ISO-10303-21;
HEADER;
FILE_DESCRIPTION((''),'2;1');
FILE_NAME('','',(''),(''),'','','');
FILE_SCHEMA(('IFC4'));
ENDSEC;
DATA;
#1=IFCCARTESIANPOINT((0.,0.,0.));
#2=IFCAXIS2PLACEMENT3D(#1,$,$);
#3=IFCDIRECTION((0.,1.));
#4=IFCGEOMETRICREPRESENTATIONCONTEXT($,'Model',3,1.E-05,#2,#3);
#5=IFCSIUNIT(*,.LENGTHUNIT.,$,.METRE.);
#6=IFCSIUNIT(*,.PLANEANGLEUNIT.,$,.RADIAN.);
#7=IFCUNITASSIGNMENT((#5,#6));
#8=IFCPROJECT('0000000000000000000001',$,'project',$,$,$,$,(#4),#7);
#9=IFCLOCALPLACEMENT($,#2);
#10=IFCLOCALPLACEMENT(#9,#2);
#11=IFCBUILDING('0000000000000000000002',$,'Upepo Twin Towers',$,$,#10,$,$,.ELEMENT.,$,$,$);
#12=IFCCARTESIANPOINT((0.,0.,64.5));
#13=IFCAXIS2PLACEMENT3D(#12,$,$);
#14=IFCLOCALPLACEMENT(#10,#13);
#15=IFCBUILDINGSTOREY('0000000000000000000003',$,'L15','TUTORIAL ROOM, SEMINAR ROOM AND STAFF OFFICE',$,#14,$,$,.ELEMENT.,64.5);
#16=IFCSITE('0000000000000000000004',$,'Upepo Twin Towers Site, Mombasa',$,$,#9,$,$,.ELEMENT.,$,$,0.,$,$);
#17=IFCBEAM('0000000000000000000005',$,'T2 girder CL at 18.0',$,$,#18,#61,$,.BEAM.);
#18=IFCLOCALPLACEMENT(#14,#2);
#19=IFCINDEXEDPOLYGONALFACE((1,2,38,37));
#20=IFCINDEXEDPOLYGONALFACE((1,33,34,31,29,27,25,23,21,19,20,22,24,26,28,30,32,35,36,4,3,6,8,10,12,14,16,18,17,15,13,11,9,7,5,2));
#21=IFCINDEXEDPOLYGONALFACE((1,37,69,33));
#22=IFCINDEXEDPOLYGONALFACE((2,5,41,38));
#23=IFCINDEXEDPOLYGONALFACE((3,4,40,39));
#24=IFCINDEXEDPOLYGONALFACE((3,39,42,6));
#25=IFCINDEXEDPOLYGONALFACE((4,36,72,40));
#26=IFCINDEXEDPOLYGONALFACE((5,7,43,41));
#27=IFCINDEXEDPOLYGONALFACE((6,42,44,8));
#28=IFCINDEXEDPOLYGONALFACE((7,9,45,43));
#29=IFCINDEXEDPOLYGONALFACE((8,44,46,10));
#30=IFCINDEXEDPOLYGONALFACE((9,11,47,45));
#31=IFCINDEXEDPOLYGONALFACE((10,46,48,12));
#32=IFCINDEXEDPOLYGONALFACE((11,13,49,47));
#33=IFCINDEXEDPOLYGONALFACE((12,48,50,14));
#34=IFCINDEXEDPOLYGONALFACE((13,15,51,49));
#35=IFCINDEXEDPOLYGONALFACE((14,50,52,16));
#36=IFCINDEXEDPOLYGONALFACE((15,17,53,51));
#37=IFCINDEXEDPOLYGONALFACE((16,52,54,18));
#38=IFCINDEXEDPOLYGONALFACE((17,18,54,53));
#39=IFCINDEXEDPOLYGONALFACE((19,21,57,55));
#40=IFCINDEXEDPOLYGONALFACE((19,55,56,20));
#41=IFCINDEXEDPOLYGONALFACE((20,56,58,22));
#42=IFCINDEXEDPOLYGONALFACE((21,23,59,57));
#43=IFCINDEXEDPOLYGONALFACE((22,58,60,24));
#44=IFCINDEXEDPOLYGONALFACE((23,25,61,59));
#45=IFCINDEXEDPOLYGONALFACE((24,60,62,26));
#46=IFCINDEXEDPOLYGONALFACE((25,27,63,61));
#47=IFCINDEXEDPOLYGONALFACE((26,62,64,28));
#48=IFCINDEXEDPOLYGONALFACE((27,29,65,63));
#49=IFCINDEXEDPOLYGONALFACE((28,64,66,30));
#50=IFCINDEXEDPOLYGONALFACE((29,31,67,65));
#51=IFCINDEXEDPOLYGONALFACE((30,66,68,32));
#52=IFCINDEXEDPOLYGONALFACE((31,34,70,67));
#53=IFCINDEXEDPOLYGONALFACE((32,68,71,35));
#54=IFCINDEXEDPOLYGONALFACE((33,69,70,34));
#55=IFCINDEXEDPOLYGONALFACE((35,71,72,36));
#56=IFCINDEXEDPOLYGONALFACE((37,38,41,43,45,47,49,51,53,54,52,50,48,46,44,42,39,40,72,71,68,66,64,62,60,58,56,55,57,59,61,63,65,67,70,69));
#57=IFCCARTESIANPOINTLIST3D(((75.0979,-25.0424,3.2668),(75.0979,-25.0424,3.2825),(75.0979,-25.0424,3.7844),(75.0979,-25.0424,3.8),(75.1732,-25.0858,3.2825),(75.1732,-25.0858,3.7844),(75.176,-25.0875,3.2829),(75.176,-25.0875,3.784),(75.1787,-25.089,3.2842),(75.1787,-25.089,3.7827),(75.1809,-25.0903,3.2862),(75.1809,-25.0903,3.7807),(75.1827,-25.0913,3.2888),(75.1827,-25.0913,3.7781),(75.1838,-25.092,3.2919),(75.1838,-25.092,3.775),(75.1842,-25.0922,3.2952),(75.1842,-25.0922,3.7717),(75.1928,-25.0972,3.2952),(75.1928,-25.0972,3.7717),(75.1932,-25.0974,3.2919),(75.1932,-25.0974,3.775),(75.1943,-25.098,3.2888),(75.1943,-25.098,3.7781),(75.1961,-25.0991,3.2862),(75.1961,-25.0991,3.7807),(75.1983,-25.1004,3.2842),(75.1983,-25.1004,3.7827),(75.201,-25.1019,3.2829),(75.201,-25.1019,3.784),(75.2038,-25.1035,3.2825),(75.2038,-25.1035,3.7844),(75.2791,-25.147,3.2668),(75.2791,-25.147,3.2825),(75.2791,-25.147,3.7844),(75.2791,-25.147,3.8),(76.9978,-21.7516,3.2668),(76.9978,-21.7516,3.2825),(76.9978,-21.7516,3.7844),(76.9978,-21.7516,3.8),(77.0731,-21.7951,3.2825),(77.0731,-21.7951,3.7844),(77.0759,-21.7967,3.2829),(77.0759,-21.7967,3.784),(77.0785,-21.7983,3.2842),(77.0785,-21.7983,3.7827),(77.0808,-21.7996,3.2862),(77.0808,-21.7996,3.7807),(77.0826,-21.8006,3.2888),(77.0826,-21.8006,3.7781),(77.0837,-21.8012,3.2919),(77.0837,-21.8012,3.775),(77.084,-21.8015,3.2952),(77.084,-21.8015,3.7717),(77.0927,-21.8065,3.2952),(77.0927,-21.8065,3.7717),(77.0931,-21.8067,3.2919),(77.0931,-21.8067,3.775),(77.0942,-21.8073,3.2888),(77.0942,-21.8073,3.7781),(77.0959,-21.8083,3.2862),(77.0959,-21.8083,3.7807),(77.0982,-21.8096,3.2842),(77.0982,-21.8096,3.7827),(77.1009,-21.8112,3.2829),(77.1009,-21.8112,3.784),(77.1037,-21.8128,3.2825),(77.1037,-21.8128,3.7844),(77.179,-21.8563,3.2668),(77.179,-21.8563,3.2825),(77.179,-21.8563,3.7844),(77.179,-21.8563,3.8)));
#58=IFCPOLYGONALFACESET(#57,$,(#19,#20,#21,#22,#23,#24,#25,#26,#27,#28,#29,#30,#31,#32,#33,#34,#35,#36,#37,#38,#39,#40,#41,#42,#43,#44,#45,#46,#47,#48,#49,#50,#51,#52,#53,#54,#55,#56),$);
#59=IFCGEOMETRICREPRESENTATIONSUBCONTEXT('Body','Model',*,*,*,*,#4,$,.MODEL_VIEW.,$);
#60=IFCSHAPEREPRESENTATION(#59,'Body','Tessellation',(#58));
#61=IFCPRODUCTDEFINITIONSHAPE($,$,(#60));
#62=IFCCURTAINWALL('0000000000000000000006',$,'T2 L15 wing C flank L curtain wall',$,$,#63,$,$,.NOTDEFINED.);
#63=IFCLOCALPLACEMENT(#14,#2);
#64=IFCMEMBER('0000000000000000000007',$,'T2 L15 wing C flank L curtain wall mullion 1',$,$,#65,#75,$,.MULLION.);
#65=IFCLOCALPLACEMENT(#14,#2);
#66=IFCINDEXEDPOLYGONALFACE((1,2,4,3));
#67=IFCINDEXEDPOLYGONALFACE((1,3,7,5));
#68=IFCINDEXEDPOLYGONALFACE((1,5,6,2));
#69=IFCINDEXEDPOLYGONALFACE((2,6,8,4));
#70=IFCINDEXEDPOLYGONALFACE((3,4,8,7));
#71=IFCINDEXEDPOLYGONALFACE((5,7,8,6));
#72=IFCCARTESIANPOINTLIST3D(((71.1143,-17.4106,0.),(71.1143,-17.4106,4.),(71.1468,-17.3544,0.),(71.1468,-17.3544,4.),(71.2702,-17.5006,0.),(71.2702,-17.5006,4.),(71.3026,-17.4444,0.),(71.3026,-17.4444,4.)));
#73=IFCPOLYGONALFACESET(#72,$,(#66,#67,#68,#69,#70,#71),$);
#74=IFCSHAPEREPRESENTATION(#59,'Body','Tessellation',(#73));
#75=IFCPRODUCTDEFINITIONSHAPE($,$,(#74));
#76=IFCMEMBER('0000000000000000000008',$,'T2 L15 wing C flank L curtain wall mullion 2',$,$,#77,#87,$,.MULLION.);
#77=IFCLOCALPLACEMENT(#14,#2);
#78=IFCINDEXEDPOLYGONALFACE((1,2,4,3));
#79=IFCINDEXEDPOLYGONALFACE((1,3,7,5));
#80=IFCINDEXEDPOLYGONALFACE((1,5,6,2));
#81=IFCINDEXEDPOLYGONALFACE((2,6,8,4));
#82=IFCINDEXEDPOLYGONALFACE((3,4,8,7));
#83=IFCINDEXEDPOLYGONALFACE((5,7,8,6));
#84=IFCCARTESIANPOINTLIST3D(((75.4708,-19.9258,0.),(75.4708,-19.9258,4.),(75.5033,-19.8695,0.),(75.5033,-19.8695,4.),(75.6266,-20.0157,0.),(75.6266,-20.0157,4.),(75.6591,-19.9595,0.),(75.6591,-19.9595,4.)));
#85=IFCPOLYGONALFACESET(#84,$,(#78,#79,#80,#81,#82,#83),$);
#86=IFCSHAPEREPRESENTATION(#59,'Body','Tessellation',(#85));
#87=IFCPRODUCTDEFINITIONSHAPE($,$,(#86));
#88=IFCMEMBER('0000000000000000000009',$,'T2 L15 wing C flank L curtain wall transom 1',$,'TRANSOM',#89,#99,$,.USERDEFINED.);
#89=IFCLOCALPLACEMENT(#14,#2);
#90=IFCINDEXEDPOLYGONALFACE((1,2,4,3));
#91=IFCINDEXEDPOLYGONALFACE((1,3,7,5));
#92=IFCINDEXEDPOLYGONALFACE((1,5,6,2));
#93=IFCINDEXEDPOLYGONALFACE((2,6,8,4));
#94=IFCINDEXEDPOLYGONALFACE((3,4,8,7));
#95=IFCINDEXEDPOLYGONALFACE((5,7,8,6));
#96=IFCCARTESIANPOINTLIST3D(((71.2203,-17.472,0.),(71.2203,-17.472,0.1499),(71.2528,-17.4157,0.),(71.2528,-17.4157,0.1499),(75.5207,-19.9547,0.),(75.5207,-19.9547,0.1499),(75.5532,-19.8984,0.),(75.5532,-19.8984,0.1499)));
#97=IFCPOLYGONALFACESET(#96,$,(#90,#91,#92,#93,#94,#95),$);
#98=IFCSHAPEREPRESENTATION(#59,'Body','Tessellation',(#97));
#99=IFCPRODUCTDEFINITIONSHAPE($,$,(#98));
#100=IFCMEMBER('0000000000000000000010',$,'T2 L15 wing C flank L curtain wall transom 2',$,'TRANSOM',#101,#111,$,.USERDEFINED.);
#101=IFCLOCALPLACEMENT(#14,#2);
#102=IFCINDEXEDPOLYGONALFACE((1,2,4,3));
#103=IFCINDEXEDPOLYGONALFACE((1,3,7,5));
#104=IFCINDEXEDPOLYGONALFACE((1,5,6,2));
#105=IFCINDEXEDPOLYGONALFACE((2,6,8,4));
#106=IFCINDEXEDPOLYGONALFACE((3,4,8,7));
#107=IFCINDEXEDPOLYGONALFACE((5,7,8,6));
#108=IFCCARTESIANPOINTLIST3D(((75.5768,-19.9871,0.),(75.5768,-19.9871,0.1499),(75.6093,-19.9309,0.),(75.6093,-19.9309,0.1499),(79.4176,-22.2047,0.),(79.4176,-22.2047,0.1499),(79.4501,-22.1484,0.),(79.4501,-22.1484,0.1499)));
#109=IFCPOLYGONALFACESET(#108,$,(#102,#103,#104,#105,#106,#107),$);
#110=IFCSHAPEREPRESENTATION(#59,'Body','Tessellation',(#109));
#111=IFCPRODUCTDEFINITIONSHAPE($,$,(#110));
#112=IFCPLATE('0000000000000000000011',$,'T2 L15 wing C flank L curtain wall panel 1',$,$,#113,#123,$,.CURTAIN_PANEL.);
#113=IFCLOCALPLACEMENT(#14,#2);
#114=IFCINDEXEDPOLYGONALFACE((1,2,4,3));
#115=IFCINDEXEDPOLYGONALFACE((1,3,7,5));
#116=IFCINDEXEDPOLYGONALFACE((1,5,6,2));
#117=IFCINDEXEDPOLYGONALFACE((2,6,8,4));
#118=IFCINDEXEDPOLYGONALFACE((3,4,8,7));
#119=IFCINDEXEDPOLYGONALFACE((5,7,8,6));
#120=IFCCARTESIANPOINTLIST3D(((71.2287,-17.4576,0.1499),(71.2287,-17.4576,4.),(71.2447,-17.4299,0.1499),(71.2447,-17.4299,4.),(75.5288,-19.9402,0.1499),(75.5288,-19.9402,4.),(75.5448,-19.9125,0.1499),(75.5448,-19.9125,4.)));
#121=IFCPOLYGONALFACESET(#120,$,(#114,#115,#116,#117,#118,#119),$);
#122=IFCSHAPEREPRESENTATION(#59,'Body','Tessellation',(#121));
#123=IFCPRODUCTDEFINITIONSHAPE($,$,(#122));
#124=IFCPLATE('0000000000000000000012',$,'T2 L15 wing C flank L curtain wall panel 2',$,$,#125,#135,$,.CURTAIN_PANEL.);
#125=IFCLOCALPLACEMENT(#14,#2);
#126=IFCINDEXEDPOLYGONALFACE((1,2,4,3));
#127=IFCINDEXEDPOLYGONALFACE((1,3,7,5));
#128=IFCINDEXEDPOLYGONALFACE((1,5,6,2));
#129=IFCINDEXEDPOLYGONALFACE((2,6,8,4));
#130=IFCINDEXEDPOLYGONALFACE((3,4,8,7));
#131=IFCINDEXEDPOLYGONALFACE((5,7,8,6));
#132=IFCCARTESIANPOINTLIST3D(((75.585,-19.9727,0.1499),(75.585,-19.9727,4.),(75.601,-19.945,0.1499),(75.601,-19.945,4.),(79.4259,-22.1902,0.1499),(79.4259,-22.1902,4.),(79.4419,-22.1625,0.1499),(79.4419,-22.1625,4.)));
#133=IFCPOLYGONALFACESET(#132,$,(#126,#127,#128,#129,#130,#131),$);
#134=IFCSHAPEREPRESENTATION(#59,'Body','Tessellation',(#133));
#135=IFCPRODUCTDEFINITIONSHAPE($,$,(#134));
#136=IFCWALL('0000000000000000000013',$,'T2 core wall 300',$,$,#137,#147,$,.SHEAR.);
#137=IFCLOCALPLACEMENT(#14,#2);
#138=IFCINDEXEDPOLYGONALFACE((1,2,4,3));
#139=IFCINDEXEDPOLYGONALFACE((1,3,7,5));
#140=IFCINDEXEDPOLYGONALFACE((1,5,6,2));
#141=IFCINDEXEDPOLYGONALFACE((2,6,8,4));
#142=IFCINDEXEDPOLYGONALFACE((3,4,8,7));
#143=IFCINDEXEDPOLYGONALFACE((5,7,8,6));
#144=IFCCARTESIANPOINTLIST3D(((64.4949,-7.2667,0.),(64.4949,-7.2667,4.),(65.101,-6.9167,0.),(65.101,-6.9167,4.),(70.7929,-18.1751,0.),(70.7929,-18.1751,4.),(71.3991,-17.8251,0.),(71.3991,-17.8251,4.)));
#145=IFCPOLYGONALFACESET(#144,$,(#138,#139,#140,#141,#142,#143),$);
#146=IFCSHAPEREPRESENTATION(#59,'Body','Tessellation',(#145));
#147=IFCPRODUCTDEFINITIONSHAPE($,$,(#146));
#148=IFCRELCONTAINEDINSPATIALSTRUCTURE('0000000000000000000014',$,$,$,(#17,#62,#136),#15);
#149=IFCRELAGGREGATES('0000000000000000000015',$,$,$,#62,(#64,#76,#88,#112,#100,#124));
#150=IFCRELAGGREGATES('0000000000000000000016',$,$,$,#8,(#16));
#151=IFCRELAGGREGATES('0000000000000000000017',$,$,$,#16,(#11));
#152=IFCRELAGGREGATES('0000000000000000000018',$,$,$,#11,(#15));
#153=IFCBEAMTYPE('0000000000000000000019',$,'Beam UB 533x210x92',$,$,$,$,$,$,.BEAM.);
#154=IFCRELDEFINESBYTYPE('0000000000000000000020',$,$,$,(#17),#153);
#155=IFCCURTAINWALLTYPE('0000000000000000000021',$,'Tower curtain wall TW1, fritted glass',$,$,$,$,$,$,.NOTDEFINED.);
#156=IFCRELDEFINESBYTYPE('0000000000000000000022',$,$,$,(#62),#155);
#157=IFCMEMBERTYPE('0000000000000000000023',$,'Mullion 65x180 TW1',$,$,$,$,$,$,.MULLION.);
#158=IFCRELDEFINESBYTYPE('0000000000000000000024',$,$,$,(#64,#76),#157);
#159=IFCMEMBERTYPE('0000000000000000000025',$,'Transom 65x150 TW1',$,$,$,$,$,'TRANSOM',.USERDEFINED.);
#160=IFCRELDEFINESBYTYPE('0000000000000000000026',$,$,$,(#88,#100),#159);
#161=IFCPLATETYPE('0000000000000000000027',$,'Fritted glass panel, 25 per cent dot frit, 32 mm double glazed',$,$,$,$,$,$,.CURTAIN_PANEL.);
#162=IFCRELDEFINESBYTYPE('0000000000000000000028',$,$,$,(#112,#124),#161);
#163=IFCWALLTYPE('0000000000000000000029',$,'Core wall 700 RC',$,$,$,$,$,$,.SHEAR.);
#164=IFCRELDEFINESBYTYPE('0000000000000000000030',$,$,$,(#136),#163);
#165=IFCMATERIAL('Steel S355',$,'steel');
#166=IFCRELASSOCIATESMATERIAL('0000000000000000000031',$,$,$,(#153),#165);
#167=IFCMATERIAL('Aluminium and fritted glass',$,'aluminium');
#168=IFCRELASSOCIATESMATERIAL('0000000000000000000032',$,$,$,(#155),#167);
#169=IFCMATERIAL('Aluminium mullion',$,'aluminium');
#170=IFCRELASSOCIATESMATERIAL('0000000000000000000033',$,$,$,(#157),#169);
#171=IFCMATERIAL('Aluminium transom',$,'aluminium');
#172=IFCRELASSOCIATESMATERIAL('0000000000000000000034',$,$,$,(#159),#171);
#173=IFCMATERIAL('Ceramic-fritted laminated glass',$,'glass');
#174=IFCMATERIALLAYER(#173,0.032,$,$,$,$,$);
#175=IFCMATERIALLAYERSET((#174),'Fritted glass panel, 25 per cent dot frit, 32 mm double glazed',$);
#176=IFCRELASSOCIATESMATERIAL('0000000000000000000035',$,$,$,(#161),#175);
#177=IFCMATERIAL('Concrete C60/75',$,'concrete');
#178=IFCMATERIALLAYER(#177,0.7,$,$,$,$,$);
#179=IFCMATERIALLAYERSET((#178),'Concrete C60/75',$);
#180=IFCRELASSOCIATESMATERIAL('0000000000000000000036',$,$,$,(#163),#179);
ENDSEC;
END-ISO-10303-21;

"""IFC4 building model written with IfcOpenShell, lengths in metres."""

from ifc_helpers import new_model, si_unit, direction, frame, frame_2d, origin, origin_2d, place, context, subcontext, project, spatial, rectangle, i_section, extrude, material, layer, layer_set, material_profile, profile_set, type_object, element, aggregate, save


model = new_model("IFC4")

# Units and contexts
model_context = context("Model", 3, precision=1e-05, world=origin(), true_north=direction((0.0, 1.0)))
body_context = subcontext(model_context, "Body", "Model", "MODEL_VIEW")
ifc_project = project(units=[si_unit("LENGTHUNIT", "METRE"), si_unit("PLANEANGLEUNIT", "RADIAN")], contexts=[model_context])

# Site, building, storey
site_placement = place(None, origin())
site = spatial("IfcSite", under=ifc_project, at=site_placement, Name="Upepo Twin Towers Site, Mombasa", CompositionType="ELEMENT", RefElevation=0.0)
building_placement = place(site_placement, origin())
building = spatial("IfcBuilding", under=site, at=building_placement, Name="Upepo Twin Towers", CompositionType="ELEMENT")
storey_placement = place(building_placement, frame((0.0, 0.0, 64.5)))
storey = spatial("IfcBuildingStorey", under=building, at=storey_placement, Name="L15", Description="TUTORIAL ROOM, SEMINAR ROOM AND STAFF OFFICE", CompositionType="ELEMENT", Elevation=64.5)

# Beam
ifc_material_1 = material(Name="Steel S355", Category="steel")
ifc_material_profile_1 = material_profile(ifc_material_1, i_section(OverallWidth=0.2092, OverallDepth=0.5332, WebThickness=0.01, FlangeThickness=0.0156, FilletRadius=0.0127, at=origin_2d()), Name="UB 533x210x92")
ifc_profile_set_1 = profile_set([ifc_material_profile_1], Name="Steel S355")
beam_type_1 = type_object("IfcBeamType", Name="Beam UB 533x210x92", PredefinedType="BEAM", material=ifc_profile_set_1)
beam_1_placement = place(storey_placement, frame((77.0884, -21.804, 3.5334), z_axis=(-0.499995, -0.866028, 0.0), x_axis=(0.866028, -0.499995, 0.0)))
element("IfcBeam", 1, at=beam_1_placement, inside=storey, type_object=beam_type_1, Name="T2 girder CL at 18.0", PredefinedType="BEAM", context=body_context, shape_type="SweptSolid", body=[
    extrude(i_section(OverallWidth=0.2092, OverallDepth=0.5332, WebThickness=0.01, FlangeThickness=0.0156, FilletRadius=0.0127, at=origin_2d()), origin(), (0.0, 0.0, 1.0), 3.7998),
])

# Curtain wall, members, plates
ifc_material_2 = material(Name="Aluminium and fritted glass", Category="aluminium")
curtain_wall_type = type_object("IfcCurtainWallType", Name="Tower curtain wall TW1, fritted glass", PredefinedType="NOTDEFINED", material=ifc_material_2)
curtain_wall_placement = place(storey_placement, origin())
curtain_wall = element("IfcCurtainWall", 2, at=curtain_wall_placement, inside=storey, type_object=curtain_wall_type, Name="T2 L15 wing C flank L curtain wall", PredefinedType="NOTDEFINED")
ifc_material_3 = material(Name="Aluminium mullion", Category="aluminium")
ifc_material_profile_2 = material_profile(ifc_material_3, rectangle(XDim=0.0649, YDim=0.1799, at=origin_2d()), Name="MULLION 65x180")
ifc_profile_set_2 = profile_set([ifc_material_profile_2], Name="Aluminium mullion")
member_type_1 = type_object("IfcMemberType", Name="Mullion 65x180 TW1", PredefinedType="MULLION", material=ifc_profile_set_2)
member_1_placement = place(storey_placement, frame((71.2085, -17.4275, 0.0), z_axis=(0.0, 0.0, 1.0), x_axis=(0.5, 0.866025, 0.0)))
member_1 = element("IfcMember", 3, at=member_1_placement, type_object=member_type_1, Name="T2 L15 wing C flank L curtain wall mullion 1", PredefinedType="MULLION", context=body_context, shape_type="SweptSolid", body=[
    extrude(rectangle(XDim=0.0649, YDim=0.1799, at=origin_2d()), origin(), (0.0, 0.0, 1.0), 4.0),
])
member_2_placement = place(storey_placement, frame((75.5649, -19.9426, 0.0), z_axis=(0.0, 0.0, 1.0), x_axis=(0.5, 0.866025, 0.0)))
member_2 = element("IfcMember", 4, at=member_2_placement, type_object=member_type_1, Name="T2 L15 wing C flank L curtain wall mullion 2", PredefinedType="MULLION", context=body_context, shape_type="SweptSolid", body=[
    extrude(rectangle(XDim=0.0649, YDim=0.1799, at=origin_2d()), origin(), (0.0, 0.0, 1.0), 4.0),
])
ifc_material_4 = material(Name="Aluminium transom", Category="aluminium")
ifc_material_profile_3 = material_profile(ifc_material_4, rectangle(XDim=0.0649, YDim=0.1499, at=origin_2d()), Name="TRANSOM 65x150")
ifc_profile_set_3 = profile_set([ifc_material_profile_3], Name="Aluminium transom")
member_type_2 = type_object("IfcMemberType", Name="Transom 65x150 TW1", ElementType="TRANSOM", PredefinedType="USERDEFINED", material=ifc_profile_set_3)
member_3_placement = place(storey_placement, frame((71.2366, -17.4438, 0.075), z_axis=(0.866035, -0.499983, 0.0), x_axis=(0.499983, 0.866035, 0.0)))
member_3 = element("IfcMember", 5, at=member_3_placement, type_object=member_type_2, Name="T2 L15 wing C flank L curtain wall transom 1", ObjectType="TRANSOM", PredefinedType="USERDEFINED", context=body_context, shape_type="SweptSolid", body=[
    extrude(rectangle(XDim=0.0649, YDim=0.1499, at=origin_2d()), origin(), (0.0, 0.0, 1.0), 4.9656),
])
member_4_placement = place(storey_placement, frame((75.593, -19.959, 0.075), z_axis=(0.866022, -0.500005, 0.0), x_axis=(0.500005, 0.866022, 0.0)))
member_4 = element("IfcMember", 6, at=member_4_placement, type_object=member_type_2, Name="T2 L15 wing C flank L curtain wall transom 2", ObjectType="TRANSOM", PredefinedType="USERDEFINED", context=body_context, shape_type="SweptSolid", body=[
    extrude(rectangle(XDim=0.0649, YDim=0.1499, at=origin_2d()), origin(), (0.0, 0.0, 1.0), 4.4351),
])
ifc_material_5 = material(Name="Ceramic-fritted laminated glass", Category="glass")
ifc_layer_1 = layer(ifc_material_5, 0.032)
ifc_layer_set_1 = layer_set([ifc_layer_1], Name="Fritted glass panel, 25 per cent dot frit, 32 mm double glazed")
plate_type = type_object("IfcPlateType", Name="Fritted glass panel, 25 per cent dot frit, 32 mm double glazed", PredefinedType="CURTAIN_PANEL", material=ifc_layer_set_1)
plate_1_placement = place(storey_placement, frame((73.3867, -18.6851, 0.1499), z_axis=(0.0, 0.0, 1.0), x_axis=(0.866025, -0.5, 0.0)))
plate_1 = element("IfcPlate", 7, at=plate_1_placement, type_object=plate_type, Name="T2 L15 wing C flank L curtain wall panel 1", PredefinedType="CURTAIN_PANEL", context=body_context, shape_type="SweptSolid", body=[
    extrude(rectangle(XDim=4.9653, YDim=0.032, at=origin_2d()), origin(), (0.0, 0.0, 1.0), 3.8501),
])
plate_2_placement = place(storey_placement, frame((77.5134, -21.0676, 0.1499), z_axis=(0.0, 0.0, 1.0), x_axis=(0.866025, -0.5, 0.0)))
plate_2 = element("IfcPlate", 8, at=plate_2_placement, type_object=plate_type, Name="T2 L15 wing C flank L curtain wall panel 2", PredefinedType="CURTAIN_PANEL", context=body_context, shape_type="SweptSolid", body=[
    extrude(rectangle(XDim=4.4351, YDim=0.032, at=origin_2d()), origin(), (0.0, 0.0, 1.0), 3.8501),
])
aggregate(curtain_wall, [member_1, member_2, member_3, plate_1, member_4, plate_2])

# Wall
ifc_material_6 = material(Name="Concrete C60/75", Category="concrete")
ifc_layer_2 = layer(ifc_material_6, 0.7)
ifc_layer_set_2 = layer_set([ifc_layer_2], Name="Concrete C60/75")
wall_type_1 = type_object("IfcWallType", Name="Core wall 700 RC", PredefinedType="SHEAR", material=ifc_layer_set_2)
wall_1_placement = place(storey_placement, frame((71.0959, -18.0, 0.0), z_axis=(0.0, 0.0, 1.0), x_axis=(-0.500006, 0.866022, 0.0)))
element("IfcWall", 9, at=wall_1_placement, inside=storey, type_object=wall_type_1, Name="T2 core wall 300", PredefinedType="SHEAR", context=body_context, shape_type="SweptSolid", body=[
    extrude(rectangle(XDim=12.5959, YDim=0.7, at=frame_2d((6.2979, 0.0))), origin(), (0.0, 0.0, 1.0), 4.0),
])

save(model, "model.ifc")
